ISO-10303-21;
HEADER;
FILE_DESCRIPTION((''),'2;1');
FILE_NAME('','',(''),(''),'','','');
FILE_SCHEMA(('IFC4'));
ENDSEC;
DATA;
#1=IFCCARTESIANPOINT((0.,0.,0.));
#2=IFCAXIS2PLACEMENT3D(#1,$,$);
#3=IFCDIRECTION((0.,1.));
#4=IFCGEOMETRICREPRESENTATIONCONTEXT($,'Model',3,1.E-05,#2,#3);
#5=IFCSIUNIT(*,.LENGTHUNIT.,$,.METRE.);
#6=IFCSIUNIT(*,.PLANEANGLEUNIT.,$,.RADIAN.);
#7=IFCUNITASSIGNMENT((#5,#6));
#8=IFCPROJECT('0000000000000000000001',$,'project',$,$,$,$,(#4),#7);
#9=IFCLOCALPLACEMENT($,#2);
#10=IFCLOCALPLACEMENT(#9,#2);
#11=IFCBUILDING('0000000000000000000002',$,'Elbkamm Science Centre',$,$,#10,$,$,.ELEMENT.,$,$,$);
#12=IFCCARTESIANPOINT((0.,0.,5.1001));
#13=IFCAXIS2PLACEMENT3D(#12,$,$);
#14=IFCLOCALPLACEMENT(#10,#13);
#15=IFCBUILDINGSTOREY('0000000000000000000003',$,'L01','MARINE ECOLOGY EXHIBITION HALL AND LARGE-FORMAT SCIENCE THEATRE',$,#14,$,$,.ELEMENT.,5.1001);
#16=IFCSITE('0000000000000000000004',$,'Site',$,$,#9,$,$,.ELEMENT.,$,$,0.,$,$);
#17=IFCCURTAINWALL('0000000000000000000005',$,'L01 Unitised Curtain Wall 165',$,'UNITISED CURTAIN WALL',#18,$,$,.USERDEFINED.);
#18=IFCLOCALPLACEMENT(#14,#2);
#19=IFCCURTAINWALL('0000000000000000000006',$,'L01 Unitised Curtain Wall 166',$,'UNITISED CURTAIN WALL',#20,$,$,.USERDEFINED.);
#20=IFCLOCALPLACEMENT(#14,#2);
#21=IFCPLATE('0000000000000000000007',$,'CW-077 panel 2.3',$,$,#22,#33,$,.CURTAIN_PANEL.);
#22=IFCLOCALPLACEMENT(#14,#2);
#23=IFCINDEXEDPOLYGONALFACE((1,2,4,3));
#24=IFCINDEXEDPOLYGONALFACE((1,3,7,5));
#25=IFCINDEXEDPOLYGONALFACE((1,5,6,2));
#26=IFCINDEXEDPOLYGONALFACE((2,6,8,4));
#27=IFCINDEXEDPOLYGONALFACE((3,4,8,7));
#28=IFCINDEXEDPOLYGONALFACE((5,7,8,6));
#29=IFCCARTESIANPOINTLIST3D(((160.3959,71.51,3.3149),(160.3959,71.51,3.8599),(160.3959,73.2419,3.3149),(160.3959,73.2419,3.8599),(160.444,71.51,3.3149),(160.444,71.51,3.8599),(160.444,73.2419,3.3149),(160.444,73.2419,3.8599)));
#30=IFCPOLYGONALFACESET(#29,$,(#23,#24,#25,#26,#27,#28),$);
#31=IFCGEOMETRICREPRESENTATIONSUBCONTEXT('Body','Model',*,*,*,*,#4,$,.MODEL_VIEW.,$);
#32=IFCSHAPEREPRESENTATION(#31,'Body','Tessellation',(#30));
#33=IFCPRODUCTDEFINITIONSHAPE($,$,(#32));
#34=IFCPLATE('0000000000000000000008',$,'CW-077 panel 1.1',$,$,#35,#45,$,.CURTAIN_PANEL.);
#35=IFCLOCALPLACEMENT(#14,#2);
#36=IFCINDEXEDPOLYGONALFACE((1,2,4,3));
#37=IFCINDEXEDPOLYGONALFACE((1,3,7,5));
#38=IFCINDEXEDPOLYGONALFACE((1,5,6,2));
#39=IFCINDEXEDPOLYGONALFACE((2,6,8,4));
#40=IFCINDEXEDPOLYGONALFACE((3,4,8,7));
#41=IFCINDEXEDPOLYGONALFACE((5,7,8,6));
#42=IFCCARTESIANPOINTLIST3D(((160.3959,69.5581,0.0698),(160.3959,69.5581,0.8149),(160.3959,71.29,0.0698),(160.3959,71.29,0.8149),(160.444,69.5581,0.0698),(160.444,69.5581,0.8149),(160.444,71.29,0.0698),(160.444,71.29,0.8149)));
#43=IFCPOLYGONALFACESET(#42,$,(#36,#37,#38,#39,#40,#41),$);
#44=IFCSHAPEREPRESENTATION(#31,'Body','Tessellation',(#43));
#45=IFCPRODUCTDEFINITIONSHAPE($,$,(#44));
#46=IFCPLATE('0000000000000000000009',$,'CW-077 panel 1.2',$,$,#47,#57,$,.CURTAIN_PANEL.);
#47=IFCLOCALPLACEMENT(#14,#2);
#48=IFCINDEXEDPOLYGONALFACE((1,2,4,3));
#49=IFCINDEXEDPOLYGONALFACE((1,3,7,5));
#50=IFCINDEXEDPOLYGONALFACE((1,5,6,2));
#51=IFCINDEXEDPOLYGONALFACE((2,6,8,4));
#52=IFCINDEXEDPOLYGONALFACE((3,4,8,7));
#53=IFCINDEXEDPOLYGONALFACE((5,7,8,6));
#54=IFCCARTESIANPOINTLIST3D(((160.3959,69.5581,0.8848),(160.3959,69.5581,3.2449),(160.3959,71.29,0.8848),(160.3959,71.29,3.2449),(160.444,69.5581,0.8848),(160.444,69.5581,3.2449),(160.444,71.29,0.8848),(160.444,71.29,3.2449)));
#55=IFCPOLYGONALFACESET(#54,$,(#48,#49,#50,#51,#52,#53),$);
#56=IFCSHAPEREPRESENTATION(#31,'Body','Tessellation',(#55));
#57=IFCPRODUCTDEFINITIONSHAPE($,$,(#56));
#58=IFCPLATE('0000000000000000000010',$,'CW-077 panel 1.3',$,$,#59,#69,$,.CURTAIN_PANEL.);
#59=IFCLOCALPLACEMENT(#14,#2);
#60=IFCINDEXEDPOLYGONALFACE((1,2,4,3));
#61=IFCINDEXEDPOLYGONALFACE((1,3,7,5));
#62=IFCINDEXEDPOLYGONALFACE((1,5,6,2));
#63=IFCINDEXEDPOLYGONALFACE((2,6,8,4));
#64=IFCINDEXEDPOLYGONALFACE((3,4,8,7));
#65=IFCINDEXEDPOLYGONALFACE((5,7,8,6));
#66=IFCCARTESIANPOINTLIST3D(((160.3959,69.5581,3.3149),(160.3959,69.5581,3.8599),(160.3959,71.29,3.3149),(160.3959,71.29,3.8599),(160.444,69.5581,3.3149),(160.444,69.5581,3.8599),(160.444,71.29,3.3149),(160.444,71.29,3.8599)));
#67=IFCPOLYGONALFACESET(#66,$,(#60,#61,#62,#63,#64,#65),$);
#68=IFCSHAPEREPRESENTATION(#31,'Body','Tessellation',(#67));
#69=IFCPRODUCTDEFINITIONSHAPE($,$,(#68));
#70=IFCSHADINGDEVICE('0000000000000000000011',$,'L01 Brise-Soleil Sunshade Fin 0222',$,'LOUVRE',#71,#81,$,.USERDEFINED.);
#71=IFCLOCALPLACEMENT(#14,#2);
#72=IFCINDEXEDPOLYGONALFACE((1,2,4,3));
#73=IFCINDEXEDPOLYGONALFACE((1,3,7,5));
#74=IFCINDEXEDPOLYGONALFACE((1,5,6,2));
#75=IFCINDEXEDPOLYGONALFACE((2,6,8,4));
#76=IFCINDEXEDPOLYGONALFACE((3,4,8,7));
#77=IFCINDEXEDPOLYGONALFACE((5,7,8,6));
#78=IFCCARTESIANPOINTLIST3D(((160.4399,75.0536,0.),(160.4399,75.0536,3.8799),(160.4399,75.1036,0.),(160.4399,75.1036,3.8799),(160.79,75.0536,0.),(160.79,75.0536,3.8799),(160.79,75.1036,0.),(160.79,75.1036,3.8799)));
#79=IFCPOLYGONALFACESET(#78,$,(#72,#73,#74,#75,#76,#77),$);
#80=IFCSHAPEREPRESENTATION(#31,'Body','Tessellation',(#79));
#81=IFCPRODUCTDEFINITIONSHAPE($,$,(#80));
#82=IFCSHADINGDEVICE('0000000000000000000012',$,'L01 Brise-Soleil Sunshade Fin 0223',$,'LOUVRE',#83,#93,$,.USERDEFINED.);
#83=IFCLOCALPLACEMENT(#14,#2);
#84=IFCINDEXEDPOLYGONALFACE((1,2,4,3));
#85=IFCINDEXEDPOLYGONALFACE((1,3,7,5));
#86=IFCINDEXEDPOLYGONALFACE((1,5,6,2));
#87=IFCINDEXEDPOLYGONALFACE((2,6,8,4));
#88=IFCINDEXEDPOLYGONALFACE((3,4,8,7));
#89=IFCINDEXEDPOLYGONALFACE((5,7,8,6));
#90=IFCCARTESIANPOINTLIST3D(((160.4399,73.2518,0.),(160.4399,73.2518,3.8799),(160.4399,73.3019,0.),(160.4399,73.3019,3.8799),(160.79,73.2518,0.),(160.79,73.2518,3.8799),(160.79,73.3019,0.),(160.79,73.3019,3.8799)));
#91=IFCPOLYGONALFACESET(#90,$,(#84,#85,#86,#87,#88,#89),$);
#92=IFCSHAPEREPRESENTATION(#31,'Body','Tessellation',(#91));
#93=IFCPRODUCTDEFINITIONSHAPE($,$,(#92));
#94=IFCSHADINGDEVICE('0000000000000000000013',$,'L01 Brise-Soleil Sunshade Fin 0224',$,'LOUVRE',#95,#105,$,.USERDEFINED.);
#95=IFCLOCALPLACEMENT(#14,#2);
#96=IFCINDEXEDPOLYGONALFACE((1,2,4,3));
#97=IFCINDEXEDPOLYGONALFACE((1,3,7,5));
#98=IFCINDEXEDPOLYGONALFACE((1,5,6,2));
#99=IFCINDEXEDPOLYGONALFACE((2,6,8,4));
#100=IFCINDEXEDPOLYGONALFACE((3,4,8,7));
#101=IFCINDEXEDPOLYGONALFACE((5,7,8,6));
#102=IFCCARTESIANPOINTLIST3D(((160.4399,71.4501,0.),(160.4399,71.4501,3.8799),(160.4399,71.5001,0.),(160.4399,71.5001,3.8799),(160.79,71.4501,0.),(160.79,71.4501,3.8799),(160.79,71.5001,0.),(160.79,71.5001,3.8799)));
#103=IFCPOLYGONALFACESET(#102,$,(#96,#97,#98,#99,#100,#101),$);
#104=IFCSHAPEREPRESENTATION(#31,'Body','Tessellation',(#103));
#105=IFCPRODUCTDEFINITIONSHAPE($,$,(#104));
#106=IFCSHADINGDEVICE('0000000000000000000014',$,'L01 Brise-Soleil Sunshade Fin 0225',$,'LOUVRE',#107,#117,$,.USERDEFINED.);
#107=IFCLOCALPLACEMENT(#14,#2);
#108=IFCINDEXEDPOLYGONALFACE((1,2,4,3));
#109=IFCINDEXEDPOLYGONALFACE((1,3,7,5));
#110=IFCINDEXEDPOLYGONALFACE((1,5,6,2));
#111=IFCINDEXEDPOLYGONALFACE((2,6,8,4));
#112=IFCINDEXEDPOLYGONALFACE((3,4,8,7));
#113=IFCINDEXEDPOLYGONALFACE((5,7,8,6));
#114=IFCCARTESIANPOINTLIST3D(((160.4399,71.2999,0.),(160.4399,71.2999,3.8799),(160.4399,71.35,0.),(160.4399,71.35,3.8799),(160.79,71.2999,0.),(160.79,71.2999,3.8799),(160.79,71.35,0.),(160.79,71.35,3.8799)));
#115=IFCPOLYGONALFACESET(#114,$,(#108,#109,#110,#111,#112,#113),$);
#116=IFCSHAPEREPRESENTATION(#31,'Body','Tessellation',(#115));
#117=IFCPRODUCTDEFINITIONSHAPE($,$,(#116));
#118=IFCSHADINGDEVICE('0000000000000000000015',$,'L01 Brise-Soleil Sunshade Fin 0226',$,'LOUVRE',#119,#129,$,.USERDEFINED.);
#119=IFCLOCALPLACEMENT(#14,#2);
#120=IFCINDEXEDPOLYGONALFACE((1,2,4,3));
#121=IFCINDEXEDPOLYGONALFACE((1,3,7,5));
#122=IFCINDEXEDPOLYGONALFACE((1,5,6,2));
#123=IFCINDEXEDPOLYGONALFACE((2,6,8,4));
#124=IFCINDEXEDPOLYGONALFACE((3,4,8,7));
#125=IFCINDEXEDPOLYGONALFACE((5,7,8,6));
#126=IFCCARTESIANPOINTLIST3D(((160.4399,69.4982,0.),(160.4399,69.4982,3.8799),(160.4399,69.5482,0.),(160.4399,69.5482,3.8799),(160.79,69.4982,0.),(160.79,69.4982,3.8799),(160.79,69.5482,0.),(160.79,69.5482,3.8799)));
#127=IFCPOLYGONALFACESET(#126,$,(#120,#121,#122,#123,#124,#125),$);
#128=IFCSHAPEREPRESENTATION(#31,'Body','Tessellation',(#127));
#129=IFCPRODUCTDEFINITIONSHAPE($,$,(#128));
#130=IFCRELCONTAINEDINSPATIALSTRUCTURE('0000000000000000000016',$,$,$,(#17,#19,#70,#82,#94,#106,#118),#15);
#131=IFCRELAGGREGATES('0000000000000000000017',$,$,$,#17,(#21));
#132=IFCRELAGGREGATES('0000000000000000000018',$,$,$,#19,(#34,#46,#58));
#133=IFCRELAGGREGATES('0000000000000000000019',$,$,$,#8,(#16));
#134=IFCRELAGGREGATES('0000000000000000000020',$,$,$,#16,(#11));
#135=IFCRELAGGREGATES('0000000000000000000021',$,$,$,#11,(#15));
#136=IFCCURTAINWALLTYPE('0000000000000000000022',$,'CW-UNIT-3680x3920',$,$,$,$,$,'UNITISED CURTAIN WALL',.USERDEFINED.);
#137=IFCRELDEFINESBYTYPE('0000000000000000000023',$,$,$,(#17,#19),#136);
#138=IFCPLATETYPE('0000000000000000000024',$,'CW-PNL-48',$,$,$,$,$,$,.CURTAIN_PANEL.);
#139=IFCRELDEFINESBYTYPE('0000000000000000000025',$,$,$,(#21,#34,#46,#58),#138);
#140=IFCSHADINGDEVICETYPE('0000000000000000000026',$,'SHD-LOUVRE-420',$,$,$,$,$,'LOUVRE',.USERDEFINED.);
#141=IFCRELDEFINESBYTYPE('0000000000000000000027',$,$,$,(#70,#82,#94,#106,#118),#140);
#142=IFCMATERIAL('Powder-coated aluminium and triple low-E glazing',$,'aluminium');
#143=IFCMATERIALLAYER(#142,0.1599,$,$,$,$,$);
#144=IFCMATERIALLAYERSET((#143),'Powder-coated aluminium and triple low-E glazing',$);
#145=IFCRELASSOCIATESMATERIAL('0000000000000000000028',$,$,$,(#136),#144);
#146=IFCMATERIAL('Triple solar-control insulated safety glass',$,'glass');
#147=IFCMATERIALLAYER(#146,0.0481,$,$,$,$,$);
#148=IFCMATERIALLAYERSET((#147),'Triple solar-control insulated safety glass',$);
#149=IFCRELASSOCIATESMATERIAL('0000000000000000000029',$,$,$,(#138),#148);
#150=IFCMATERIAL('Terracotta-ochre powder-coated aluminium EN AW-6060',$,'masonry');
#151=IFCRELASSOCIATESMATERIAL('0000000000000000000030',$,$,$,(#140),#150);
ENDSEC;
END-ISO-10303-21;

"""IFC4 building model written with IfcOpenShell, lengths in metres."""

from ifc_helpers import new_model, si_unit, direction, frame, origin, origin_2d, place, context, subcontext, project, spatial, rectangle, extrude, material, layer, layer_set, type_object, element, aggregate, save


model = new_model("IFC4")

# Units and contexts
model_context = context("Model", 3, precision=1e-05, world=origin(), true_north=direction((0.0, 1.0)))
body_context = subcontext(model_context, "Body", "Model", "MODEL_VIEW")
ifc_project = project(units=[si_unit("LENGTHUNIT", "METRE"), si_unit("PLANEANGLEUNIT", "RADIAN")], contexts=[model_context])

# Site, building, storey
site_placement = place(None, origin())
site = spatial("IfcSite", under=ifc_project, at=site_placement, Name="Site", CompositionType="ELEMENT", RefElevation=0.0)
building_placement = place(site_placement, origin())
building = spatial("IfcBuilding", under=site, at=building_placement, Name="Elbkamm Science Centre", CompositionType="ELEMENT")
storey_placement = place(building_placement, frame((0.0, 0.0, 5.1001)))
storey = spatial("IfcBuildingStorey", under=building, at=storey_placement, Name="L01", Description="MARINE ECOLOGY EXHIBITION HALL AND LARGE-FORMAT SCIENCE THEATRE", CompositionType="ELEMENT", Elevation=5.1001)

# Curtain walls
ifc_material_1 = material(Name="Powder-coated aluminium and triple low-E glazing", Category="aluminium")
ifc_layer_1 = layer(ifc_material_1, 0.1599)
ifc_layer_set_1 = layer_set([ifc_layer_1], Name="Powder-coated aluminium and triple low-E glazing")
curtain_wall_type = type_object("IfcCurtainWallType", Name="CW-UNIT-3680x3920", ElementType="UNITISED CURTAIN WALL", PredefinedType="USERDEFINED", material=ifc_layer_set_1)
curtain_wall_1_placement = place(storey_placement, origin())
curtain_wall_1 = element("IfcCurtainWall", 1, at=curtain_wall_1_placement, inside=storey, type_object=curtain_wall_type, Name="L01 Unitised Curtain Wall 165", ObjectType="UNITISED CURTAIN WALL", PredefinedType="USERDEFINED")
curtain_wall_2_placement = place(storey_placement, origin())
curtain_wall_2 = element("IfcCurtainWall", 2, at=curtain_wall_2_placement, inside=storey, type_object=curtain_wall_type, Name="L01 Unitised Curtain Wall 166", ObjectType="UNITISED CURTAIN WALL", PredefinedType="USERDEFINED")

# Plates
ifc_material_2 = material(Name="Triple solar-control insulated safety glass", Category="glass")
ifc_layer_2 = layer(ifc_material_2, 0.0481)
ifc_layer_set_2 = layer_set([ifc_layer_2], Name="Triple solar-control insulated safety glass")
plate_type = type_object("IfcPlateType", Name="CW-PNL-48", PredefinedType="CURTAIN_PANEL", material=ifc_layer_set_2)
plate_1_placement = place(storey_placement, frame((160.4199, 72.376, 3.3149), z_axis=(0.0, 0.0, 1.0), x_axis=(0.0, -1.0, 0.0)))
plate_1 = element("IfcPlate", 3, at=plate_1_placement, type_object=plate_type, Name="CW-077 panel 2.3", PredefinedType="CURTAIN_PANEL", context=body_context, shape_type="SweptSolid", body=[
    extrude(rectangle(XDim=1.7319, YDim=0.0481, at=origin_2d()), origin(), (0.0, 0.0, 1.0), 0.5449),
])
aggregate(curtain_wall_1, [plate_1])
plate_2_placement = place(storey_placement, frame((160.4199, 70.4241, 0.0698), z_axis=(0.0, 0.0, 1.0), x_axis=(0.0, -1.0, 0.0)))
plate_2 = element("IfcPlate", 4, at=plate_2_placement, type_object=plate_type, Name="CW-077 panel 1.1", PredefinedType="CURTAIN_PANEL", context=body_context, shape_type="SweptSolid", body=[
    extrude(rectangle(XDim=1.7319, YDim=0.0481, at=origin_2d()), origin(), (0.0, 0.0, 1.0), 0.7451),
])
plate_3_placement = place(storey_placement, frame((160.4199, 70.4241, 0.8848), z_axis=(0.0, 0.0, 1.0), x_axis=(0.0, -1.0, 0.0)))
plate_3 = element("IfcPlate", 5, at=plate_3_placement, type_object=plate_type, Name="CW-077 panel 1.2", PredefinedType="CURTAIN_PANEL", context=body_context, shape_type="SweptSolid", body=[
    extrude(rectangle(XDim=1.7319, YDim=0.0481, at=origin_2d()), origin(), (0.0, 0.0, 1.0), 2.3601),
])
plate_4_placement = place(storey_placement, frame((160.4199, 70.4241, 3.3149), z_axis=(0.0, 0.0, 1.0), x_axis=(0.0, -1.0, 0.0)))
plate_4 = element("IfcPlate", 6, at=plate_4_placement, type_object=plate_type, Name="CW-077 panel 1.3", PredefinedType="CURTAIN_PANEL", context=body_context, shape_type="SweptSolid", body=[
    extrude(rectangle(XDim=1.7319, YDim=0.0481, at=origin_2d()), origin(), (0.0, 0.0, 1.0), 0.5449),
])
aggregate(curtain_wall_2, [plate_2, plate_3, plate_4])

# Shading devices
ifc_material_3 = material(Name="Terracotta-ochre powder-coated aluminium EN AW-6060", Category="masonry")
shading_device_type = type_object("IfcShadingDeviceType", Name="SHD-LOUVRE-420", ElementType="LOUVRE", PredefinedType="USERDEFINED", material=ifc_material_3)
for number, where, z_axis, x_axis, name in (
    (7, (160.615, 75.0786, 0.0), (0.0, 0.0, 1.0), (1.0, 0.0, 0.0), "L01 Brise-Soleil Sunshade Fin 0222"),
    (8, (160.615, 73.2769, 0.0), (0.0, 0.0, 1.0), (1.0, 0.0, 0.0), "L01 Brise-Soleil Sunshade Fin 0223"),
    (9, (160.615, 71.4751, 0.0), (0.0, 0.0, 1.0), (1.0, 0.0, 0.0), "L01 Brise-Soleil Sunshade Fin 0224"),
    (10, (160.615, 71.325, 0.0), (0.0, 0.0, 1.0), (1.0, 0.0, 0.0), "L01 Brise-Soleil Sunshade Fin 0225"),
    (11, (160.615, 69.5232, 0.0), (0.0, 0.0, 1.0), (1.0, 0.0, 0.0), "L01 Brise-Soleil Sunshade Fin 0226"),
):
    element("IfcShadingDevice", number, at=place(storey_placement, frame(where, z_axis=z_axis, x_axis=x_axis)), inside=storey, type_object=shading_device_type, Name=name, ObjectType="LOUVRE", PredefinedType="USERDEFINED", context=body_context, shape_type="SweptSolid", body=[
        extrude(rectangle(XDim=0.3501, YDim=0.05, at=origin_2d()), origin(), (0.0, 0.0, 1.0), 3.8799),
    ])

save(model, "model.ifc")
